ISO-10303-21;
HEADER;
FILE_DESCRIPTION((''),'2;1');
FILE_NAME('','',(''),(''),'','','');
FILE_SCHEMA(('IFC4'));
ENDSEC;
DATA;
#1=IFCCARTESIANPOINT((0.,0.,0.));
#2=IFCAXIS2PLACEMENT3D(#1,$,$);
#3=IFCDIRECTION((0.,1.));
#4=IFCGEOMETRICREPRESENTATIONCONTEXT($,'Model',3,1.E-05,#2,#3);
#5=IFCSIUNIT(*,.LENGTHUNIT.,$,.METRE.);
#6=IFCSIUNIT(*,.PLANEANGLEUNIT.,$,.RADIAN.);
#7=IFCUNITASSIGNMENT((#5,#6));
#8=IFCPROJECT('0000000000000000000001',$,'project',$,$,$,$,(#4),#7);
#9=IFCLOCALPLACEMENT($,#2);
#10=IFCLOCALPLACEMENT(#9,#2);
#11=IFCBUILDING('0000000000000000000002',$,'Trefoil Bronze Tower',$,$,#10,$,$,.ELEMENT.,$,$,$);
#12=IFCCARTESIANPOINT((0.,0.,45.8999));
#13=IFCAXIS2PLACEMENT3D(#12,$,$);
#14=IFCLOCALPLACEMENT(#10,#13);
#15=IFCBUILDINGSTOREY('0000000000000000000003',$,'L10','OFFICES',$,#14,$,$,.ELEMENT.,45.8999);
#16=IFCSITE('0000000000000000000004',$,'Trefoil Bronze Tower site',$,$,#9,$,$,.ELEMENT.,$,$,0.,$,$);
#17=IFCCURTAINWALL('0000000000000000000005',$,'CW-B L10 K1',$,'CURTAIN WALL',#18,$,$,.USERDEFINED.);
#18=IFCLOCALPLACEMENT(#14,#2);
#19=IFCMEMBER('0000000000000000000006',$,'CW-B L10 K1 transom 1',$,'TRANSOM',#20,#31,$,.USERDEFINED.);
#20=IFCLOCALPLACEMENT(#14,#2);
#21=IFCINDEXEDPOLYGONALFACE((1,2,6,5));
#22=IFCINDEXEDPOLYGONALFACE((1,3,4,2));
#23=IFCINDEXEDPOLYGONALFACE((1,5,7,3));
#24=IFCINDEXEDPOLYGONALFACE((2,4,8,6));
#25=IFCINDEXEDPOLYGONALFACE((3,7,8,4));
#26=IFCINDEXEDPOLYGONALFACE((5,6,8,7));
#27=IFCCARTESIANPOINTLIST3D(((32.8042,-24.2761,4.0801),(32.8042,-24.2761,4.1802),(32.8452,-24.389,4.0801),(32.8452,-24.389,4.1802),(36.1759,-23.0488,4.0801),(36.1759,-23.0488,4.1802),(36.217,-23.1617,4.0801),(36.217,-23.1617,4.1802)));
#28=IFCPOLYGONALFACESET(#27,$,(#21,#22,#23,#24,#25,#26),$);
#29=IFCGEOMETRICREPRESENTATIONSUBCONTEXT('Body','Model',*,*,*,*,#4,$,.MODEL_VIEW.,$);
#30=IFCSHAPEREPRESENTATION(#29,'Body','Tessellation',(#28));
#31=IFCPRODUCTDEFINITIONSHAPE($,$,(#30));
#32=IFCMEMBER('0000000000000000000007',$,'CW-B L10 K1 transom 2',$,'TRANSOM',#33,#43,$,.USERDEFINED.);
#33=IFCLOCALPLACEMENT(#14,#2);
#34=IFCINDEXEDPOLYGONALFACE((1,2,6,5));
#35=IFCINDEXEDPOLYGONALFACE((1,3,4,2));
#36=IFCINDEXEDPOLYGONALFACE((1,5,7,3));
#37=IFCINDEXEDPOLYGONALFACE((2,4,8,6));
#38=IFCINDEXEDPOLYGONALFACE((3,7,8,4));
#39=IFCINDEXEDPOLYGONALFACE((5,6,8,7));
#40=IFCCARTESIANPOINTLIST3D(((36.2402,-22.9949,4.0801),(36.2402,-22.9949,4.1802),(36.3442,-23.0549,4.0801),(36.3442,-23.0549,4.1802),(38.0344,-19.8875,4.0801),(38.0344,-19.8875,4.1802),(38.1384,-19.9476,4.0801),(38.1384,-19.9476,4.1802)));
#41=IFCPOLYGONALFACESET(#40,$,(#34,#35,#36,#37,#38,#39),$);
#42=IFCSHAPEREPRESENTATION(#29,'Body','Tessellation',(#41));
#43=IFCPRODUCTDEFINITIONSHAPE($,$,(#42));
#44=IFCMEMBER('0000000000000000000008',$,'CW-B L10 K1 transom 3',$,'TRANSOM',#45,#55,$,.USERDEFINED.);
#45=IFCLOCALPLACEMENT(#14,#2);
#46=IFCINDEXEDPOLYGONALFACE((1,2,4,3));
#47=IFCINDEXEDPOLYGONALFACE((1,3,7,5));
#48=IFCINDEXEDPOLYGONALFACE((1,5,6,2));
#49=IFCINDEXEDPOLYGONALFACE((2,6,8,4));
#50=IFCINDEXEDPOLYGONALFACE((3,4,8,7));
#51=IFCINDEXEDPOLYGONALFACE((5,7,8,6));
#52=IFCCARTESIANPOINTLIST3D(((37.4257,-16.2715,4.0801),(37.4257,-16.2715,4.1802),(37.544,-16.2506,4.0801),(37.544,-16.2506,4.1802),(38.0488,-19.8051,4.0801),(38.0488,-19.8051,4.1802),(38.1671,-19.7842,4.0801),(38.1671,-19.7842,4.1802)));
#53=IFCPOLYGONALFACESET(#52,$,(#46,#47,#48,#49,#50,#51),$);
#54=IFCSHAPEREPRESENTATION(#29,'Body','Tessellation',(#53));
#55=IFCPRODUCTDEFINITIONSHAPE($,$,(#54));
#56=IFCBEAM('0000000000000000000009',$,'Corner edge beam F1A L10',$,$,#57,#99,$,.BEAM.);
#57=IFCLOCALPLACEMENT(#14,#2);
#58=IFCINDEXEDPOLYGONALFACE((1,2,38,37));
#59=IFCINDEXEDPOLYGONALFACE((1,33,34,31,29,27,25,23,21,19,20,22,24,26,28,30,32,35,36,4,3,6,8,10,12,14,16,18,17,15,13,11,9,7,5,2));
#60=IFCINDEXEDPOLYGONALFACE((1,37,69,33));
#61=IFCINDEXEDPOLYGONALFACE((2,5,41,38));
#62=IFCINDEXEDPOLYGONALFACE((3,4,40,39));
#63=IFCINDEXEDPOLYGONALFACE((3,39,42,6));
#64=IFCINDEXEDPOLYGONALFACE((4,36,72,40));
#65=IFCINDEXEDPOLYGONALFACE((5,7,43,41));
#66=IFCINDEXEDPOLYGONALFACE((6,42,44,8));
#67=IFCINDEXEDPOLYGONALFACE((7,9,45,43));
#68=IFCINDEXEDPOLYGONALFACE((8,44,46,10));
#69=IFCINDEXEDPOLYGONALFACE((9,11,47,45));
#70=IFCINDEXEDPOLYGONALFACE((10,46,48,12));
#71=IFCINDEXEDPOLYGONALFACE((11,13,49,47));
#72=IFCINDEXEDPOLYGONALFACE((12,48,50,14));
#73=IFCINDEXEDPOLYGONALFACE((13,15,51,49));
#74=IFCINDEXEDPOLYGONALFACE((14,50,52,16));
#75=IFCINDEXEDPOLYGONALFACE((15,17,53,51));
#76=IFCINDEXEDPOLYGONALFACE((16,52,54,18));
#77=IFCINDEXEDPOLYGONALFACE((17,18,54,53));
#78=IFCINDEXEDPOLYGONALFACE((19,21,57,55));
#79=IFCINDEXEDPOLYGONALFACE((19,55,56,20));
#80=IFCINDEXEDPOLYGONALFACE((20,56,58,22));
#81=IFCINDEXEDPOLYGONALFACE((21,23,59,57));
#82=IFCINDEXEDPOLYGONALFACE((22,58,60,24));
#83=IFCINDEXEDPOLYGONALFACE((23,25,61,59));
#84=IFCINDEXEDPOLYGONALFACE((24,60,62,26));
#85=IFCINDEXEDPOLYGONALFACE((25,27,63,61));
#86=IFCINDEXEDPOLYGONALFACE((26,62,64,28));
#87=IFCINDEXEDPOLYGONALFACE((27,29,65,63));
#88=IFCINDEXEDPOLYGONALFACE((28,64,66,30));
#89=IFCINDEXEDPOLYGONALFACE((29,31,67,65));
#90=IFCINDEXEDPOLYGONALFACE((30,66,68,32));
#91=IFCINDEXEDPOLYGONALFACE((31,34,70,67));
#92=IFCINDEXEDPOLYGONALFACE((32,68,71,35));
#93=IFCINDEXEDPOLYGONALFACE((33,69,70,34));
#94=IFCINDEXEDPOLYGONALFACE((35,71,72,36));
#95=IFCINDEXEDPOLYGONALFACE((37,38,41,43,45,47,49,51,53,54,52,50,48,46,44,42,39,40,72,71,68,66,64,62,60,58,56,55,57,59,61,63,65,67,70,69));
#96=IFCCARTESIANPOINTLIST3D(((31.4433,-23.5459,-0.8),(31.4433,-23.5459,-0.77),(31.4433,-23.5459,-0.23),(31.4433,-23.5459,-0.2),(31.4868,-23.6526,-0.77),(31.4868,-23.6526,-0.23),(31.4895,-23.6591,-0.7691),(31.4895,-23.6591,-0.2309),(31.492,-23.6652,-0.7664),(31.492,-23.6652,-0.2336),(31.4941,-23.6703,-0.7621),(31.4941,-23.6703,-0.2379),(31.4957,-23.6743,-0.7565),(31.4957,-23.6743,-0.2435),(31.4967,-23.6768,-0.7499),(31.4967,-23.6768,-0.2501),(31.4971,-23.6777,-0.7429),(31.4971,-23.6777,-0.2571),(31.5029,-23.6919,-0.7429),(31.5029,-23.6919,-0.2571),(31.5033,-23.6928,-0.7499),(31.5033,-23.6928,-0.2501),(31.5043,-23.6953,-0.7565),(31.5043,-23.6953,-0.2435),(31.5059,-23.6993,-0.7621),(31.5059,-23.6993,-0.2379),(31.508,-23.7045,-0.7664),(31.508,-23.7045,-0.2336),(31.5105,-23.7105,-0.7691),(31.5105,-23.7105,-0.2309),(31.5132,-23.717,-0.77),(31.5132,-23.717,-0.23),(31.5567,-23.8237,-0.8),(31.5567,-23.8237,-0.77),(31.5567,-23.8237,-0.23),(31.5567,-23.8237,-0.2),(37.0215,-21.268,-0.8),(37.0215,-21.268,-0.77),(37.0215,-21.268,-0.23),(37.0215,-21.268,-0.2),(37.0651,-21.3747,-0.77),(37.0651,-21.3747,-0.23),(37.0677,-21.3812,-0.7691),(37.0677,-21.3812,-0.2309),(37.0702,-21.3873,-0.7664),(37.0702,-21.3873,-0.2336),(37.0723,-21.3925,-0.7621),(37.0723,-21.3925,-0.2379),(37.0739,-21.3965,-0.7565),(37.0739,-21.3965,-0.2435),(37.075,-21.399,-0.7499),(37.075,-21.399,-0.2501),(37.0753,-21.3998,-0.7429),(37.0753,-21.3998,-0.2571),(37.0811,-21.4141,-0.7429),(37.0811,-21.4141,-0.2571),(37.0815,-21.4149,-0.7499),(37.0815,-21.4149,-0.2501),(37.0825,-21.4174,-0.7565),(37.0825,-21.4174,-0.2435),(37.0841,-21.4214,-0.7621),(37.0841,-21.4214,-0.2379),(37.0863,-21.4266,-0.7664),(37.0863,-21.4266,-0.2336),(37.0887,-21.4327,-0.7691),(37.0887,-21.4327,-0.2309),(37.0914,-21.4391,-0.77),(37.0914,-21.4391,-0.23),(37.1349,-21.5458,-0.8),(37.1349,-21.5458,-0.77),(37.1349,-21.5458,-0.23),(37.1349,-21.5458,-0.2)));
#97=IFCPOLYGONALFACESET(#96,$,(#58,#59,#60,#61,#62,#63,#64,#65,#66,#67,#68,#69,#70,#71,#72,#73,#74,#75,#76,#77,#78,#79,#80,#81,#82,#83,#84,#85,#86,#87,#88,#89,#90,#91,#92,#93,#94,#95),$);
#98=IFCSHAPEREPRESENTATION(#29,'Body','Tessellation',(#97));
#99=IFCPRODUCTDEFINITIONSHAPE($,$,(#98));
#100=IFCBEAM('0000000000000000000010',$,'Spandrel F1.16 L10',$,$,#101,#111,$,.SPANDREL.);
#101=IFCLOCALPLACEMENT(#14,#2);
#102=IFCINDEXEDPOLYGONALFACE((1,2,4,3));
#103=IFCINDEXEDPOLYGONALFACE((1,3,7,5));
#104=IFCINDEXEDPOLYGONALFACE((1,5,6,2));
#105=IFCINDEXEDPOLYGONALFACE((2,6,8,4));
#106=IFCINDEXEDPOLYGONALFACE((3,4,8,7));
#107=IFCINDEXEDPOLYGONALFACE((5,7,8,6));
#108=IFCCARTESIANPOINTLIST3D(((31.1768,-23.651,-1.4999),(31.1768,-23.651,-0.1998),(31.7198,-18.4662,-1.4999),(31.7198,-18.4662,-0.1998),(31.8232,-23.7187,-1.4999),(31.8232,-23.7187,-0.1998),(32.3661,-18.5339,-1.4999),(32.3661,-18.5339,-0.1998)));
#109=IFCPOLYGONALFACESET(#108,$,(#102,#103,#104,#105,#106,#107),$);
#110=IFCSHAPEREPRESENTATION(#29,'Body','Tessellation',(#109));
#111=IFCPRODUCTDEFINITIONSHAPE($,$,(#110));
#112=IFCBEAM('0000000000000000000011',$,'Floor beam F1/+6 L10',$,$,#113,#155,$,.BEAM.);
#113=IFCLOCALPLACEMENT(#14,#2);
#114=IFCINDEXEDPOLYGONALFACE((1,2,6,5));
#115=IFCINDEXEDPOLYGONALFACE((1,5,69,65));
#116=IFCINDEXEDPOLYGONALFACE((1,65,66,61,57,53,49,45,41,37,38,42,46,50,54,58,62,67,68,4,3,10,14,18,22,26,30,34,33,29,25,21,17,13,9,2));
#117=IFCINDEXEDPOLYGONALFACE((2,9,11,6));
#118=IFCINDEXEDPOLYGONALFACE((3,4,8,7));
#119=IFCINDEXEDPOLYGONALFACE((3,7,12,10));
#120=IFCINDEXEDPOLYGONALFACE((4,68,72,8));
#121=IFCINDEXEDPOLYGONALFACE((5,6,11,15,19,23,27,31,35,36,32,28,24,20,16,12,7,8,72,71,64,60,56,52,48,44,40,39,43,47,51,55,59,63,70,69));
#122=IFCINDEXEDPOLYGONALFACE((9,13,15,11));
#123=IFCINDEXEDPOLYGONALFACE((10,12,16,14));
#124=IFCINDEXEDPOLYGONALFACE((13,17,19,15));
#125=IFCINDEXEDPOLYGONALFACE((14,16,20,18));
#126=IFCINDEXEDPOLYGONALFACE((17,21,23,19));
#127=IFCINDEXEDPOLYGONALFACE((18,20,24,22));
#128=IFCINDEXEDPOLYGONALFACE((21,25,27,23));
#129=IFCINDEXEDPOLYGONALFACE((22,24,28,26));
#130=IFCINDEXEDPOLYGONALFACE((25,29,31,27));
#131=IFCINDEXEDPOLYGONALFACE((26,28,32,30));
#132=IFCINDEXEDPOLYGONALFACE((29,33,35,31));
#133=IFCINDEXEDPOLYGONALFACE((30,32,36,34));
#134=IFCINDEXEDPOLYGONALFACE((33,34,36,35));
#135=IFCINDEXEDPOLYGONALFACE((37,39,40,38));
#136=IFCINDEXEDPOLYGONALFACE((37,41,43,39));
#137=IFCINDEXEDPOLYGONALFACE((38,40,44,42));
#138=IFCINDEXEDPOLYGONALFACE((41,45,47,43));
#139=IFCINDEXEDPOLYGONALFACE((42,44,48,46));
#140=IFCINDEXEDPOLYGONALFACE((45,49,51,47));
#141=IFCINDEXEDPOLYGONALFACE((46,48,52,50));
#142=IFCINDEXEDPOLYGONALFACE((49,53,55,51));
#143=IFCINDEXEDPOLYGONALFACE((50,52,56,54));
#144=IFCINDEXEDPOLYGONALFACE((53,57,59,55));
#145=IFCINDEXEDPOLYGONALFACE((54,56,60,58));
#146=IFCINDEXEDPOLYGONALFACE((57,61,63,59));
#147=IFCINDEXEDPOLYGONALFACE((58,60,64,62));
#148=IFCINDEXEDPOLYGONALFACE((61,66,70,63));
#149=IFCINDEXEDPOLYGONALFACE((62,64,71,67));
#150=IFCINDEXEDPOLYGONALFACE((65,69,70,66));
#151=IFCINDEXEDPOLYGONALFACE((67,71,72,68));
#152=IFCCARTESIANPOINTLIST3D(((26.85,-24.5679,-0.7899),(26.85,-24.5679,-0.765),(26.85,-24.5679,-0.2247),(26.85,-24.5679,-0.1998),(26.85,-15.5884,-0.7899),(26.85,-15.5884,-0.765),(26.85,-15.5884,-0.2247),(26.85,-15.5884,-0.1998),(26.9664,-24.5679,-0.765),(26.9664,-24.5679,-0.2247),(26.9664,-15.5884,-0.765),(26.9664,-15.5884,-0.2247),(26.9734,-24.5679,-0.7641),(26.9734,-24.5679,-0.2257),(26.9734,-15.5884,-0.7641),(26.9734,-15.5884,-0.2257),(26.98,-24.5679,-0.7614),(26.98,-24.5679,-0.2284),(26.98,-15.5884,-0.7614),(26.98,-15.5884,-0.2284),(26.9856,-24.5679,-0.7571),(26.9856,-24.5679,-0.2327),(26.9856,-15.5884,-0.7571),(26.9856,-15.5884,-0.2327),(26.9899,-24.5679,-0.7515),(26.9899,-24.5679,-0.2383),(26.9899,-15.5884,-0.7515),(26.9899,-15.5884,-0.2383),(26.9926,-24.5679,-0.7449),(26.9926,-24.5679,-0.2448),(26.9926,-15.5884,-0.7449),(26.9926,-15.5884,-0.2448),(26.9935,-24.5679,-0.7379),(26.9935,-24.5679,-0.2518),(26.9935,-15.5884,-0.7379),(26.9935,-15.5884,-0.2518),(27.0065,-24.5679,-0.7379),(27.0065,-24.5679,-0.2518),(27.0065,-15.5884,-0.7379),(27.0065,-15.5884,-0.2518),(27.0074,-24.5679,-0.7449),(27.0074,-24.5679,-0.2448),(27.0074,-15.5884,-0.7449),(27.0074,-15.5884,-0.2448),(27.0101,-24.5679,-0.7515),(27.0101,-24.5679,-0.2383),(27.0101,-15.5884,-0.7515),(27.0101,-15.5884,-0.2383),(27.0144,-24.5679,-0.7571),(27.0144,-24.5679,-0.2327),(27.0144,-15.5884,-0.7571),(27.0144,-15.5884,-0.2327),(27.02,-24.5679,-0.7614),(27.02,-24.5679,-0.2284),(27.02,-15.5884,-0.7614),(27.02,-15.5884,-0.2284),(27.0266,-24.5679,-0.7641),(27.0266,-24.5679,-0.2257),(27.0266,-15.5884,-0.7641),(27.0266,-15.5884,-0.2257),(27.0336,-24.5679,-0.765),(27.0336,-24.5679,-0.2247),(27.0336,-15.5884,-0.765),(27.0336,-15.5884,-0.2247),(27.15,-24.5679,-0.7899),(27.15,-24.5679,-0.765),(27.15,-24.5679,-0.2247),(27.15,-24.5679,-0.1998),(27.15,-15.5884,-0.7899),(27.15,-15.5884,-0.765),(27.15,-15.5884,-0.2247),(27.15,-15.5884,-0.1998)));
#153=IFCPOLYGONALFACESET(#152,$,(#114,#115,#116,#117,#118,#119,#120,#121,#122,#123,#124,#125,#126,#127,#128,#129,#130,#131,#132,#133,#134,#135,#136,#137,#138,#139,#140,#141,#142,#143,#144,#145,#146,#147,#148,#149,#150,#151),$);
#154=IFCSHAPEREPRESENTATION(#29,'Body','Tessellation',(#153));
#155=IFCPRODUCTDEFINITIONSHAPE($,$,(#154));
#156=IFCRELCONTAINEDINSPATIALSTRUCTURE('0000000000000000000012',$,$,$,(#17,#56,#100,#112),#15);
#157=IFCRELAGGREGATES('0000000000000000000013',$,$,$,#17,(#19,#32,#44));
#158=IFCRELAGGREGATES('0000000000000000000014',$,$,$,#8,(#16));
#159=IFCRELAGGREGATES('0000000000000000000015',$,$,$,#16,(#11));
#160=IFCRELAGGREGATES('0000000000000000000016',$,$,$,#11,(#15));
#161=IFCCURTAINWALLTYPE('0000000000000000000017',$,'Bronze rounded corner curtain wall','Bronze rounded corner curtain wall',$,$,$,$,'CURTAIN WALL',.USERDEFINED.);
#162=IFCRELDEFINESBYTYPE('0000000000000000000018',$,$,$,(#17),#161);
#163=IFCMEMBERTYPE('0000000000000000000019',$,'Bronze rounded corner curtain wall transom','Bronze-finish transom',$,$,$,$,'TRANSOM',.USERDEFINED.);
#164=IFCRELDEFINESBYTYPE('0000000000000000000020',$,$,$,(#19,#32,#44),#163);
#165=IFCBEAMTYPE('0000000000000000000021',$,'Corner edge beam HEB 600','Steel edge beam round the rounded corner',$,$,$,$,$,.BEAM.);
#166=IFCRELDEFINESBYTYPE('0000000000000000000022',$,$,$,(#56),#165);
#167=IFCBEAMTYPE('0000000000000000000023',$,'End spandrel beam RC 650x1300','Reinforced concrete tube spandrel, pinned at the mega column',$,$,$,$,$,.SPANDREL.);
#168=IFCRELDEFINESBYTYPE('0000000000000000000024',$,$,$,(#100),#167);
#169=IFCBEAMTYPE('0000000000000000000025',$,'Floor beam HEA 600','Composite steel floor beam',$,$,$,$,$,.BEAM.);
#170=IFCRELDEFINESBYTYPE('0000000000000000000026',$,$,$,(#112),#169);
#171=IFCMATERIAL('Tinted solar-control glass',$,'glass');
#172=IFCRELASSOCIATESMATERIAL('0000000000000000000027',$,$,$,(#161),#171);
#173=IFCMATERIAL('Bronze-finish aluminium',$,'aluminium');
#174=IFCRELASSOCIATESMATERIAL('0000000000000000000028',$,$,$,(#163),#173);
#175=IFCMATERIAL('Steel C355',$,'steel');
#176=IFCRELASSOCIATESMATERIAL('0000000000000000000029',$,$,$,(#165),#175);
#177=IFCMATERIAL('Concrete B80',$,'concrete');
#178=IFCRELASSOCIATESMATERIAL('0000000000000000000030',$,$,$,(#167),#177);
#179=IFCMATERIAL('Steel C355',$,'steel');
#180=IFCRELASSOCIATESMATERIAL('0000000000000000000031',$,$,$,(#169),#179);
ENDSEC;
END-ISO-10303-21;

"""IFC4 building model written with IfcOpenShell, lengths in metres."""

from ifc_helpers import new_model, si_unit, direction, frame, origin, origin_2d, place, context, subcontext, project, spatial, rectangle, i_section, extrude, material, material_profile, profile_set, type_object, element, aggregate, save


model = new_model("IFC4")

# Units and contexts
model_context = context("Model", 3, precision=1e-05, world=origin(), true_north=direction((0.0, 1.0)))
body_context = subcontext(model_context, "Body", "Model", "MODEL_VIEW")
ifc_project = project(units=[si_unit("LENGTHUNIT", "METRE"), si_unit("PLANEANGLEUNIT", "RADIAN")], contexts=[model_context])

# Site, building, storey
site_placement = place(None, origin())
site = spatial("IfcSite", under=ifc_project, at=site_placement, Name="Trefoil Bronze Tower site", CompositionType="ELEMENT", RefElevation=0.0)
building_placement = place(site_placement, origin())
building = spatial("IfcBuilding", under=site, at=building_placement, Name="Trefoil Bronze Tower", CompositionType="ELEMENT")
storey_placement = place(building_placement, frame((0.0, 0.0, 45.8999)))
storey = spatial("IfcBuildingStorey", under=building, at=storey_placement, Name="L10", Description="OFFICES", CompositionType="ELEMENT", Elevation=45.8999)

# Curtain wall, members
ifc_material_1 = material(Name="Tinted solar-control glass", Category="glass")
curtain_wall_type_1 = type_object("IfcCurtainWallType", Name="Bronze rounded corner curtain wall", Description="Bronze rounded corner curtain wall", ElementType="CURTAIN WALL", PredefinedType="USERDEFINED", material=ifc_material_1)
curtain_wall_1_placement = place(storey_placement, origin())
curtain_wall_1 = element("IfcCurtainWall", 1, at=curtain_wall_1_placement, inside=storey, type_object=curtain_wall_type_1, Name="CW-B L10 K1", ObjectType="CURTAIN WALL", PredefinedType="USERDEFINED")
ifc_material_2 = material(Name="Bronze-finish aluminium", Category="aluminium")
ifc_material_profile_1 = material_profile(ifc_material_2, rectangle(XDim=0.1201, YDim=0.1001, at=origin_2d()), Name="CW-B transom")
ifc_profile_set_1 = profile_set([ifc_material_profile_1], Name="Bronze-finish aluminium")
member_type_1 = type_object("IfcMemberType", Name="Bronze rounded corner curtain wall transom", Description="Bronze-finish transom", ElementType="TRANSOM", PredefinedType="USERDEFINED", material=ifc_profile_set_1)
member_1_placement = place(storey_placement, frame((32.8247, -24.3325, 4.1301), z_axis=(0.939688, 0.342033, 0.0), x_axis=(-0.342033, 0.939688, 0.0)))
member_1 = element("IfcMember", 2, at=member_1_placement, type_object=member_type_1, Name="CW-B L10 K1 transom 1", ObjectType="TRANSOM", PredefinedType="USERDEFINED", context=body_context, shape_type="SweptSolid", body=[
    extrude(rectangle(XDim=0.1201, YDim=0.1001, at=origin_2d()), origin(), (0.0, 0.0, 1.0), 3.5881),
])
member_2_placement = place(storey_placement, frame((36.2922, -23.0249, 4.1301), z_axis=(0.500025, 0.866011, 0.0), x_axis=(-0.866011, 0.500025, 0.0)))
member_2 = element("IfcMember", 3, at=member_2_placement, type_object=member_type_1, Name="CW-B L10 K1 transom 2", ObjectType="TRANSOM", PredefinedType="USERDEFINED", context=body_context, shape_type="SweptSolid", body=[
    extrude(rectangle(XDim=0.1201, YDim=0.1001, at=origin_2d()), origin(), (0.0, 0.0, 1.0), 3.5881),
])
member_3_placement = place(storey_placement, frame((38.1079, -19.7947, 4.1301), z_axis=(-0.173638, 0.98481, 0.0), x_axis=(-0.98481, -0.173638, 0.0)))
member_3 = element("IfcMember", 4, at=member_3_placement, type_object=member_type_1, Name="CW-B L10 K1 transom 3", ObjectType="TRANSOM", PredefinedType="USERDEFINED", context=body_context, shape_type="SweptSolid", body=[
    extrude(rectangle(XDim=0.1201, YDim=0.1001, at=origin_2d()), origin(), (0.0, 0.0, 1.0), 3.5881),
])

# Beams
ifc_material_3 = material(Name="Steel C355", Category="steel")
ifc_material_profile_2 = material_profile(ifc_material_3, i_section(OverallWidth=0.3, OverallDepth=0.6001, WebThickness=0.0154, FlangeThickness=0.03, FilletRadius=0.0271, at=origin_2d()), Name="HEB 600")
ifc_profile_set_2 = profile_set([ifc_material_profile_2], Name="Steel C355")
beam_type_1 = type_object("IfcBeamType", Name="Corner edge beam HEB 600", Description="Steel edge beam round the rounded corner", PredefinedType="BEAM", material=ifc_profile_set_2)
beam_1_placement = place(storey_placement, frame((31.5, -23.6848, -0.5), z_axis=(0.925787, 0.378046, 0.0), x_axis=(-0.378046, 0.925787, 0.0)))
element("IfcBeam", 5, at=beam_1_placement, inside=storey, type_object=beam_type_1, Name="Corner edge beam F1A L10", PredefinedType="BEAM", context=body_context, shape_type="SweptSolid", body=[
    extrude(i_section(OverallWidth=0.3, OverallDepth=0.6001, WebThickness=0.0154, FlangeThickness=0.03, FilletRadius=0.0271, at=origin_2d()), origin(), (0.0, 0.0, 1.0), 6.0254),
])
ifc_material_4 = material(Name="Concrete B80", Category="concrete")
ifc_material_profile_3 = material_profile(ifc_material_4, rectangle(XDim=0.6499, YDim=1.3, at=origin_2d()), Name="RC 650x1300")
ifc_profile_set_3 = profile_set([ifc_material_profile_3], Name="Concrete B80")
beam_type_2 = type_object("IfcBeamType", Name="End spandrel beam RC 650x1300", Description="Reinforced concrete tube spandrel, pinned at the mega column", PredefinedType="SPANDREL", material=ifc_profile_set_3)
beam_2_placement = place(storey_placement, frame((31.5, -23.6848, -0.8499), z_axis=(0.104153, 0.994561, 0.0), x_axis=(-0.994561, 0.104153, 0.0)))
element("IfcBeam", 6, at=beam_2_placement, inside=storey, type_object=beam_type_2, Name="Spandrel F1.16 L10", PredefinedType="SPANDREL", context=body_context, shape_type="SweptSolid", body=[
    extrude(rectangle(XDim=0.6499, YDim=1.3, at=origin_2d()), origin(), (0.0, 0.0, 1.0), 5.2131),
])
ifc_material_5 = material(Name="Steel C355", Category="steel")
ifc_material_profile_4 = material_profile(ifc_material_5, i_section(OverallWidth=0.3, OverallDepth=0.5901, WebThickness=0.0129, FlangeThickness=0.0249, FilletRadius=0.0271, at=origin_2d()), Name="HEA 600")
ifc_profile_set_4 = profile_set([ifc_material_profile_4], Name="Steel C355")
beam_type_3 = type_object("IfcBeamType", Name="Floor beam HEA 600", Description="Composite steel floor beam", PredefinedType="BEAM", material=ifc_profile_set_4)
beam_3_placement = place(storey_placement, frame((27.0, -24.5679, -0.4949), z_axis=(0.0, 1.0, 0.0), x_axis=(-1.0, 0.0, 0.0)))
element("IfcBeam", 7, at=beam_3_placement, inside=storey, type_object=beam_type_3, Name="Floor beam F1/+6 L10", PredefinedType="BEAM", context=body_context, shape_type="SweptSolid", body=[
    extrude(i_section(OverallWidth=0.3, OverallDepth=0.5901, WebThickness=0.0129, FlangeThickness=0.0249, FilletRadius=0.0271, at=origin_2d()), origin(), (0.0, 0.0, 1.0), 8.9795),
])

aggregate(curtain_wall_1, [member_1, member_2, member_3])

save(model, "model.ifc")
